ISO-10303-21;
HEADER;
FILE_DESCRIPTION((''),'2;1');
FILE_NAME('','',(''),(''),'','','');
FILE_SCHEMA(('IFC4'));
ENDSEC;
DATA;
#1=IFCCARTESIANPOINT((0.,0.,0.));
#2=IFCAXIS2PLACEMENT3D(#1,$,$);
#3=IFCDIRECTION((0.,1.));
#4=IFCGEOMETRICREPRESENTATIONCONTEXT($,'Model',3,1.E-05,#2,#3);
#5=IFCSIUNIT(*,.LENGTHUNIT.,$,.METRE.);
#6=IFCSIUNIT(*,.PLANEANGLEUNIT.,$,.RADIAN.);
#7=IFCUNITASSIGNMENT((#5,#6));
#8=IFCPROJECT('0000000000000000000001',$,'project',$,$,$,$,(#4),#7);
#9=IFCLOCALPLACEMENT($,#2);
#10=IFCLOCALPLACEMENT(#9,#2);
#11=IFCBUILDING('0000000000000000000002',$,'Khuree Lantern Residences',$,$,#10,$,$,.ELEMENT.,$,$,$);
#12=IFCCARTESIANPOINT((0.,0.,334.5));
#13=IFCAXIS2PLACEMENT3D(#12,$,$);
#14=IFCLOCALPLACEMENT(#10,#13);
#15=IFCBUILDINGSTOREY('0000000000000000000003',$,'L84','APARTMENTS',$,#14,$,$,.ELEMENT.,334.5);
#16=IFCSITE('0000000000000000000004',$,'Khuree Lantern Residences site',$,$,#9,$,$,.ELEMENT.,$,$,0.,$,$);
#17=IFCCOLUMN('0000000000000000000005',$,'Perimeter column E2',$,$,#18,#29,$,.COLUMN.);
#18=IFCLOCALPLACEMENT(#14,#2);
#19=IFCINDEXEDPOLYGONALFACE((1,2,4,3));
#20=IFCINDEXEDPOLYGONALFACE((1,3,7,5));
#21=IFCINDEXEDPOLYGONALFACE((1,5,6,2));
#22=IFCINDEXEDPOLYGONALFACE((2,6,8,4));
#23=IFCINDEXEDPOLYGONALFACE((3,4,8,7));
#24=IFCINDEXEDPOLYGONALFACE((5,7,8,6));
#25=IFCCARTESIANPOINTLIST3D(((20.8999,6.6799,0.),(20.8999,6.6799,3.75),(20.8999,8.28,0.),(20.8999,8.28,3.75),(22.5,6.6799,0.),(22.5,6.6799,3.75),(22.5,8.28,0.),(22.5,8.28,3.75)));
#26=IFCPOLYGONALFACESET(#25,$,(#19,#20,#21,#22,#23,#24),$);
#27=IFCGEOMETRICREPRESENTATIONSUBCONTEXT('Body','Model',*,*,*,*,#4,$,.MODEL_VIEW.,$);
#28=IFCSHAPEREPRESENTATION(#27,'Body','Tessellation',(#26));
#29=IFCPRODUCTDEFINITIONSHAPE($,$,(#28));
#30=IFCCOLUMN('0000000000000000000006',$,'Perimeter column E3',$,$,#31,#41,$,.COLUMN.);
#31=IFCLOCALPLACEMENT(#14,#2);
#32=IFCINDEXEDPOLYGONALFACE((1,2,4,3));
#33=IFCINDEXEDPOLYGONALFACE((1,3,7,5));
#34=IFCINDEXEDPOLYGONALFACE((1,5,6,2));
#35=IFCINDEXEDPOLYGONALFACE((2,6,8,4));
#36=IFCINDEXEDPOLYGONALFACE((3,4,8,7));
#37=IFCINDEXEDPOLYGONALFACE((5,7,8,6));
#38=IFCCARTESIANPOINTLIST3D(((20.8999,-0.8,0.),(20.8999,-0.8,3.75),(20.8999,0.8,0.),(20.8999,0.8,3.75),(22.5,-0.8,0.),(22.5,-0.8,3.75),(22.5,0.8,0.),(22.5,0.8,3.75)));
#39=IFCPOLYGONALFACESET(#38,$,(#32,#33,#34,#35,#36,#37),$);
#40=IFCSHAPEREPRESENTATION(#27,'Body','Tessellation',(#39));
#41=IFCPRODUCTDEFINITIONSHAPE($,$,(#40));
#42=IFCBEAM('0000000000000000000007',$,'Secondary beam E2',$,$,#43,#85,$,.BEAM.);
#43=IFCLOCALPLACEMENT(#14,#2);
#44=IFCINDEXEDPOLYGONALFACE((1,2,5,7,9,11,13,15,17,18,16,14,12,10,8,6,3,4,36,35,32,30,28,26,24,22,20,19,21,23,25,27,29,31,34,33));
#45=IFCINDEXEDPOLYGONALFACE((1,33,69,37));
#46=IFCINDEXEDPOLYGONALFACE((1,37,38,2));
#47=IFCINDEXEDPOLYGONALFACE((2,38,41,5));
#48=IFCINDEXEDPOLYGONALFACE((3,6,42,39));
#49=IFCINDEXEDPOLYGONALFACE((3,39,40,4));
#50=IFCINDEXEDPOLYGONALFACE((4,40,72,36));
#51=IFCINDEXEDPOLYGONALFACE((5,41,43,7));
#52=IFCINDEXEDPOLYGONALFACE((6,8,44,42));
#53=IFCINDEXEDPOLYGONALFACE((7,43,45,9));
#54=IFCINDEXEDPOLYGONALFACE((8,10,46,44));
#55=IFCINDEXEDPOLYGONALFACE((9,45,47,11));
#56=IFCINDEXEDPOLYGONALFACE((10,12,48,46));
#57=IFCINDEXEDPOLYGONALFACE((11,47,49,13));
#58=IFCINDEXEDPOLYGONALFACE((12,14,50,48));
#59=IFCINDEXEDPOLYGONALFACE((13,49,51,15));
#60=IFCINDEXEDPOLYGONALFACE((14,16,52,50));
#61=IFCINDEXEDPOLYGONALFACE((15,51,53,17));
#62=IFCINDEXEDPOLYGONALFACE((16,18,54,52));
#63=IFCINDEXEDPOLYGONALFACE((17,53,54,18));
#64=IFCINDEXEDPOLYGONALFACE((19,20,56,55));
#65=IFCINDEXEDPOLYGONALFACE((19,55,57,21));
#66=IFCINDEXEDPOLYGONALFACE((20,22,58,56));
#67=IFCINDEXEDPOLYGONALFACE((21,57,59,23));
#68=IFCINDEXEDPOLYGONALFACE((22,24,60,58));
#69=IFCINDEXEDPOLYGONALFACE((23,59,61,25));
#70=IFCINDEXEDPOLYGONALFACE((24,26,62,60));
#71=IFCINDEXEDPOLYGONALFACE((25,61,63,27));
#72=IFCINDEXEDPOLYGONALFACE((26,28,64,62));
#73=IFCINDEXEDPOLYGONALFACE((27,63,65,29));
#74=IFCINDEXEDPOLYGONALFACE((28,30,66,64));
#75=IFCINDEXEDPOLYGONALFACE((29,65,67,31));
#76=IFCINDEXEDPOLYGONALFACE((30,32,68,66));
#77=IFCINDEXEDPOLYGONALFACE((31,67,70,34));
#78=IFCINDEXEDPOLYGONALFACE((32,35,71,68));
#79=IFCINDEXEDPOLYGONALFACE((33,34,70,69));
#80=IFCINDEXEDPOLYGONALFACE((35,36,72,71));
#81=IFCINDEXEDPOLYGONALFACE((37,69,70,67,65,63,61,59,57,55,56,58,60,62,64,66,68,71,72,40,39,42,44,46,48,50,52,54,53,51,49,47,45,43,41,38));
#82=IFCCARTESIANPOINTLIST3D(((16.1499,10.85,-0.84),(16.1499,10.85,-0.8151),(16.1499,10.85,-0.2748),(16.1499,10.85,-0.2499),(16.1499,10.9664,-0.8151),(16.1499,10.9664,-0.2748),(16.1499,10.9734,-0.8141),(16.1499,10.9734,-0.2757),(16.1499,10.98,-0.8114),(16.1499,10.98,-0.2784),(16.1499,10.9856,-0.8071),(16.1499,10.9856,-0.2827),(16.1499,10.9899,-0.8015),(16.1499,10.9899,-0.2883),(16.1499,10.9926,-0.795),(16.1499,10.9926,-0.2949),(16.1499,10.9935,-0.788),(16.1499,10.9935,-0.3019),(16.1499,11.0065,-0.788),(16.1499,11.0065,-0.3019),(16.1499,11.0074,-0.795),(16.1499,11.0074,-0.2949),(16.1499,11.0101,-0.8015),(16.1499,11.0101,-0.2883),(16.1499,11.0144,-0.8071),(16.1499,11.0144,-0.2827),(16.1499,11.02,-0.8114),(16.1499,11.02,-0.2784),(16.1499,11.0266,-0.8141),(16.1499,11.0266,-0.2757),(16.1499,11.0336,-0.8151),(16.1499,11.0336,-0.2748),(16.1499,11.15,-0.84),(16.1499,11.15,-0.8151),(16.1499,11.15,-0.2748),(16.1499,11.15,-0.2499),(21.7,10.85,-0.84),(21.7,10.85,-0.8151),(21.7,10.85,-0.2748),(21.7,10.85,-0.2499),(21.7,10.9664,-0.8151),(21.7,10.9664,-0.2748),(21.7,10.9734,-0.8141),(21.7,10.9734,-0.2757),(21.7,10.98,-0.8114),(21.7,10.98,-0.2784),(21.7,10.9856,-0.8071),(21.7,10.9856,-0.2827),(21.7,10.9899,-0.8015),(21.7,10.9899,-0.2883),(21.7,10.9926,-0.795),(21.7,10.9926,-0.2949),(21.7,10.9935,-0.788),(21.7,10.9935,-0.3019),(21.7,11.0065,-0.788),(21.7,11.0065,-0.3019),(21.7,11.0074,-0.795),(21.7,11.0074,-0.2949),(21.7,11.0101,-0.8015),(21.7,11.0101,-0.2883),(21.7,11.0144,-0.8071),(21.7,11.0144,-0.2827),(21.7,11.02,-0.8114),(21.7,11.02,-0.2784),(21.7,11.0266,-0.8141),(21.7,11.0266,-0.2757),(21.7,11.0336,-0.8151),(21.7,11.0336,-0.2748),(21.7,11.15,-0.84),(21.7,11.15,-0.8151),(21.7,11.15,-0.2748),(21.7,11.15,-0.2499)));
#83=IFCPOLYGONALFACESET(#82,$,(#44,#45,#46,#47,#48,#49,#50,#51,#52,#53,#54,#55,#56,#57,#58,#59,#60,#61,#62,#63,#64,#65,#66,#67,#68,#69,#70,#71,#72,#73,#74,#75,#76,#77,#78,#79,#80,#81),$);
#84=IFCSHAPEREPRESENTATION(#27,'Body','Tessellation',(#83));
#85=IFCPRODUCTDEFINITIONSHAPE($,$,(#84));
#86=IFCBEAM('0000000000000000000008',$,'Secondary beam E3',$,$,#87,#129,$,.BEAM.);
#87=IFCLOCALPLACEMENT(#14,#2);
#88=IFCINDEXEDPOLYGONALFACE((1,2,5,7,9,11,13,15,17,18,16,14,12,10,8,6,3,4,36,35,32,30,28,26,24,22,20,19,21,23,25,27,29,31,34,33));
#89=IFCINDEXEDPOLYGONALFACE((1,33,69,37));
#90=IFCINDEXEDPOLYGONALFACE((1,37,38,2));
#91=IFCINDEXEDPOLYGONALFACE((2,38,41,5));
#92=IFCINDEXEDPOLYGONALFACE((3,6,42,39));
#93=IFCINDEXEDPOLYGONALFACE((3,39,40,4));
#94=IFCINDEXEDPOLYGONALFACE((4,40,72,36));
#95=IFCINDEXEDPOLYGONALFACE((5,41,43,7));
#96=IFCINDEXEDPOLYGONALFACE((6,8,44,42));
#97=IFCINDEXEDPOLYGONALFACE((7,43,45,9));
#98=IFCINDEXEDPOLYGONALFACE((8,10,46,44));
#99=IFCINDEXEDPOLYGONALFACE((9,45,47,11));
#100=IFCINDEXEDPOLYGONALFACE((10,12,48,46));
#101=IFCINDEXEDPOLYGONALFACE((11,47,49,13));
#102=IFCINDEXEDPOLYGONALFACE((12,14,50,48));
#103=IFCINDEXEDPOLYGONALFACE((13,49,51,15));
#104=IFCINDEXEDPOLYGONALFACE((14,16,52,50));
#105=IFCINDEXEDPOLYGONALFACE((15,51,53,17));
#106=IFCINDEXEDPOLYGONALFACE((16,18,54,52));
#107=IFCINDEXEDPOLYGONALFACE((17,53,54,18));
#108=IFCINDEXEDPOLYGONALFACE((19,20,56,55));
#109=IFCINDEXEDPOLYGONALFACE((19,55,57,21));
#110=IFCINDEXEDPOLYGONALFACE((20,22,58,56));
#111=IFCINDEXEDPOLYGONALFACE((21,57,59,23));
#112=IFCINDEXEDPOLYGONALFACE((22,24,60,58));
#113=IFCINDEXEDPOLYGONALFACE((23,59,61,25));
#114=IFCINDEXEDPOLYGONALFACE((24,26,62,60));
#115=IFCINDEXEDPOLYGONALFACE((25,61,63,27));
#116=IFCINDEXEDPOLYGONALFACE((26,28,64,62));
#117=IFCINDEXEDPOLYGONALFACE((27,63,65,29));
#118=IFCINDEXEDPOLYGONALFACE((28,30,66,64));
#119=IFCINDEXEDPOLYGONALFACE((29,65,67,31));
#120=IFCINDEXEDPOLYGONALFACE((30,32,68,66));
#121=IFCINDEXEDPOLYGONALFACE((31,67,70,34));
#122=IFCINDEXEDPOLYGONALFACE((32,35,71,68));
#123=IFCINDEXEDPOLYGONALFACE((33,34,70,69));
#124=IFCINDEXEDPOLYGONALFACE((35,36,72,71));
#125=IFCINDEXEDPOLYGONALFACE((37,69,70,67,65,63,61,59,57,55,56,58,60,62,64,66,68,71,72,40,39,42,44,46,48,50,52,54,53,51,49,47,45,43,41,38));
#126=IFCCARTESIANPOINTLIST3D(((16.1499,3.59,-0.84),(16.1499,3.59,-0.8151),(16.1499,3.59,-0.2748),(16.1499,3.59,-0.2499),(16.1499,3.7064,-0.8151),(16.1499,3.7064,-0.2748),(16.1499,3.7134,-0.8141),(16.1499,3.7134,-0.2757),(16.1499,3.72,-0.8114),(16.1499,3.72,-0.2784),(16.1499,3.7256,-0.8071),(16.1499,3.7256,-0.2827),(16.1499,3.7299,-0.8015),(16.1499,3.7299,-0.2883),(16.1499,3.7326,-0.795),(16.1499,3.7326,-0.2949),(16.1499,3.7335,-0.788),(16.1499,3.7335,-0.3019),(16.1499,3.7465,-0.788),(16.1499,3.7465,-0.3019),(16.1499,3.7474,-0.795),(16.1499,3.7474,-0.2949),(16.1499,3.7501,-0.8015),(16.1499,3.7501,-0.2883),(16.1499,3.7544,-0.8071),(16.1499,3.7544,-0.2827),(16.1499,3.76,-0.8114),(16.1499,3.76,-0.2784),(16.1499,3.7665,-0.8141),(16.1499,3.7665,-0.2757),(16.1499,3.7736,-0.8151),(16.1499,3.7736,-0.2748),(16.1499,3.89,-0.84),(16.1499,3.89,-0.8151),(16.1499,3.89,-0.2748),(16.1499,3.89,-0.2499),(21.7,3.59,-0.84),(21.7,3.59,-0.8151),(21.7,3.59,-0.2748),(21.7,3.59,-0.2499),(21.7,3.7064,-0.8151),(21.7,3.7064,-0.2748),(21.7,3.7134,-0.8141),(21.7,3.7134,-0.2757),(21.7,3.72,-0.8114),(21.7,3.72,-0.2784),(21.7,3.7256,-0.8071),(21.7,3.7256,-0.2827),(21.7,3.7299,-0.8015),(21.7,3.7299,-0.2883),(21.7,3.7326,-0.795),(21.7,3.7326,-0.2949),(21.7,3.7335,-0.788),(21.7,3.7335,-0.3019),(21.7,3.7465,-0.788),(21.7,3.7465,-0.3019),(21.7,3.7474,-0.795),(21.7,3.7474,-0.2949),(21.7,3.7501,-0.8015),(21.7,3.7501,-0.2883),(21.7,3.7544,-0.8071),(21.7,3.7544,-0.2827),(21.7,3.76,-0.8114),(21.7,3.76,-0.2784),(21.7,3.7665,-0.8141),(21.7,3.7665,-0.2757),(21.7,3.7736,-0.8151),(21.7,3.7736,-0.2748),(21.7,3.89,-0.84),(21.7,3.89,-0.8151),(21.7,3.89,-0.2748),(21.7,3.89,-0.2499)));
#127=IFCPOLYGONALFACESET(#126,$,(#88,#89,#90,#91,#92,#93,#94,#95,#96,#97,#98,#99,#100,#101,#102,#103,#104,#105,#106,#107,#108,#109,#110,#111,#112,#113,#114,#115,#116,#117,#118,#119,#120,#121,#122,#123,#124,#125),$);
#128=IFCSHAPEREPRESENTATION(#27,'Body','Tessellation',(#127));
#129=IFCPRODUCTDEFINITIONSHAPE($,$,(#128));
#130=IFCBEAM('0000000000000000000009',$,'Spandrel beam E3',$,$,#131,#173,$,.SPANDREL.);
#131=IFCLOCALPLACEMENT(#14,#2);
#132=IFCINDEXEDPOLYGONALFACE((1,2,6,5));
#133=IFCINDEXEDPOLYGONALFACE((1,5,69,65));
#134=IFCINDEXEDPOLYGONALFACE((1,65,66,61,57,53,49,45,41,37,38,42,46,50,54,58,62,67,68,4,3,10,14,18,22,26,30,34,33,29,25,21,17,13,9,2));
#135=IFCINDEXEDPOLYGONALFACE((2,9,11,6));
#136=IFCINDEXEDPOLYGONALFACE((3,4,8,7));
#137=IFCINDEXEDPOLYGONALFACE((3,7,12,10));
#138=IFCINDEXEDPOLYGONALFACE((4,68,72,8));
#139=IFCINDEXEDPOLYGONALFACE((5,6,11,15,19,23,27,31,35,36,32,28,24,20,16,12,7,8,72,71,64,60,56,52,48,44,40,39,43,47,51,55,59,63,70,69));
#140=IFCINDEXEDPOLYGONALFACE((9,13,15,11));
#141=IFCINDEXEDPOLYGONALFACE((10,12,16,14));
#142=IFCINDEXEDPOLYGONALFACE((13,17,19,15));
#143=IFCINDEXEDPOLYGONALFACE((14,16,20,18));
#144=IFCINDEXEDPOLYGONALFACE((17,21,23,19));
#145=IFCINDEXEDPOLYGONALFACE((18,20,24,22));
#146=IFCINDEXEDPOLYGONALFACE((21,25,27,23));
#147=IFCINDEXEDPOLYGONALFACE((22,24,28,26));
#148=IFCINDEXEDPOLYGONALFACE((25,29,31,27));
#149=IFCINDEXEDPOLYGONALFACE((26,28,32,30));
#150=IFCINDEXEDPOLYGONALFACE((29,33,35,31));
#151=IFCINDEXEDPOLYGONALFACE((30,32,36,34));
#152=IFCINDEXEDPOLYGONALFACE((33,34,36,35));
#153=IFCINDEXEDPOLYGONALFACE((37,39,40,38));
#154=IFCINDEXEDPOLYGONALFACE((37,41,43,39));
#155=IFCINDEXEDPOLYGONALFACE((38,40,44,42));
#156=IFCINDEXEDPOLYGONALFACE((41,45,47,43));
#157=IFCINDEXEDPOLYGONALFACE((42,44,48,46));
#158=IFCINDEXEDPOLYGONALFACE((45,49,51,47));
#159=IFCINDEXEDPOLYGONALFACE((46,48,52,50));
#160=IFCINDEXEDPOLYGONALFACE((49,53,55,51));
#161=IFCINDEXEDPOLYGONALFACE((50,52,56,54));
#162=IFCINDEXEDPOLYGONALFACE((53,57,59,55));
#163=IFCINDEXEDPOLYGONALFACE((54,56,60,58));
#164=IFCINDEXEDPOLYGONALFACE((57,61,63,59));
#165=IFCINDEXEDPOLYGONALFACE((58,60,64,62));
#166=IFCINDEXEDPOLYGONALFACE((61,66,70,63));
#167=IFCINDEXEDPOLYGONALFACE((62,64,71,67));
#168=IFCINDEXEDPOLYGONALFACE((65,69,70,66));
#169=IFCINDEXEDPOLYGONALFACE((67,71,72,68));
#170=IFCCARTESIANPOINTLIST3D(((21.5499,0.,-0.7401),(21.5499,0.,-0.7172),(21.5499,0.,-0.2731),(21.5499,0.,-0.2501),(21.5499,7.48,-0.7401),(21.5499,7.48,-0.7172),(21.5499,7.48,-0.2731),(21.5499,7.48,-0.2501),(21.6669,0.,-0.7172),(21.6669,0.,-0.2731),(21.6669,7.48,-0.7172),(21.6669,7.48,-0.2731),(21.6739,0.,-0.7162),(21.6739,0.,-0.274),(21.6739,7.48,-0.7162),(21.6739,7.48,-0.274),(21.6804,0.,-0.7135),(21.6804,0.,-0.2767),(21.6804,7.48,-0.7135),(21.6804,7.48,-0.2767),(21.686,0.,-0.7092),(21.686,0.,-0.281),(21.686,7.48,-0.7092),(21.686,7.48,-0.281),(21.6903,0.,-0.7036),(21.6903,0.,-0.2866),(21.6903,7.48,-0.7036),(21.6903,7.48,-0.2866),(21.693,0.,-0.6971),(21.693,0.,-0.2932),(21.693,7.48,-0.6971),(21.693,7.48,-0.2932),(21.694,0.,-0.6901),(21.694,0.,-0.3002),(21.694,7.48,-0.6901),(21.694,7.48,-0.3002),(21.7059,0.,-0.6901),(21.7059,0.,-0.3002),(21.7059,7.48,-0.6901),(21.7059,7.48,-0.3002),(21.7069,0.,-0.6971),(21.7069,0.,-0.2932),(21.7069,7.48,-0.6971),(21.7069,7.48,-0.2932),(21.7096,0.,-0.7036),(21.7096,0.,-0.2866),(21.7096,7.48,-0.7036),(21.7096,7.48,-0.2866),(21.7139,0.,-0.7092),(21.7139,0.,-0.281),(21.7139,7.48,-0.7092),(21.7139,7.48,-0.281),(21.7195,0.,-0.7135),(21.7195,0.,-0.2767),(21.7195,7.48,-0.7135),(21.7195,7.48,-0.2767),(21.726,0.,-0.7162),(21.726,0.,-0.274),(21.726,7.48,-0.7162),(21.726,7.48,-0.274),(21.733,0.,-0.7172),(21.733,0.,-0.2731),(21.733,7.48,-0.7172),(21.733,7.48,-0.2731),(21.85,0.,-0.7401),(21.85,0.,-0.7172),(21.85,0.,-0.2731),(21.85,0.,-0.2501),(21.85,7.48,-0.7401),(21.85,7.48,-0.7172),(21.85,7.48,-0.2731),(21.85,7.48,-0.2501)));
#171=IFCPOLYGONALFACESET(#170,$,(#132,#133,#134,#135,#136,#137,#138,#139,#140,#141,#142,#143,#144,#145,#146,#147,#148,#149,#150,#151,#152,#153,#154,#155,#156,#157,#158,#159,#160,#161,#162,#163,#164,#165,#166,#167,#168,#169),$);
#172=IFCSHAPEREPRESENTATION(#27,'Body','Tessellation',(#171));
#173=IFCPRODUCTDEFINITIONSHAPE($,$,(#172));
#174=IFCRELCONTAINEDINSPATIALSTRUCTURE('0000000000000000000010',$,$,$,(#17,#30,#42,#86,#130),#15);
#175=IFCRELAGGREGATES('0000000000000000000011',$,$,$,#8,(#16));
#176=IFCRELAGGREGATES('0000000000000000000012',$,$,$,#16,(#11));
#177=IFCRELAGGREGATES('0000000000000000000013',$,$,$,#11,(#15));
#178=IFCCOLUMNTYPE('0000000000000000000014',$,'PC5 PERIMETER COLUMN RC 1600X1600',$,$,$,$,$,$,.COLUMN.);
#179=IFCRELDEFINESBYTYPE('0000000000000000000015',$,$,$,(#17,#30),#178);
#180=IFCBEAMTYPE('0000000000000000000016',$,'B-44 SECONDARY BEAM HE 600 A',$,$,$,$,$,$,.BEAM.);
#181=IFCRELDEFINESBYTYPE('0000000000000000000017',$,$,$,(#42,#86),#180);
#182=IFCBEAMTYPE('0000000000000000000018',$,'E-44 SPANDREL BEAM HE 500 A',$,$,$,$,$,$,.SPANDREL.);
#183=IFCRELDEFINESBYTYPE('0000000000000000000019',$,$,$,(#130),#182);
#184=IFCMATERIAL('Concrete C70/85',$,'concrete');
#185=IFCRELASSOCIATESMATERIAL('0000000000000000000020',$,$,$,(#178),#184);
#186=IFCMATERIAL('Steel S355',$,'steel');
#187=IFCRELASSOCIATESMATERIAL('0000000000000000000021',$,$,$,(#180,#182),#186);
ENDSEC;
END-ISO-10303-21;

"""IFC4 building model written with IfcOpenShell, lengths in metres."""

from ifc_helpers import new_model, si_unit, direction, frame, origin, origin_2d, place, context, subcontext, project, spatial, rectangle, i_section, extrude, material, material_profile, profile_set, type_object, element, save


model = new_model("IFC4")

# Units and contexts
model_context = context("Model", 3, precision=1e-05, world=origin(), true_north=direction((0.0, 1.0)))
body_context = subcontext(model_context, "Body", "Model", "MODEL_VIEW")
ifc_project = project(units=[si_unit("LENGTHUNIT", "METRE"), si_unit("PLANEANGLEUNIT", "RADIAN")], contexts=[model_context])

# Site, building, storey
site_placement = place(None, origin())
site = spatial("IfcSite", under=ifc_project, at=site_placement, Name="Khuree Lantern Residences site", CompositionType="ELEMENT", RefElevation=0.0)
building_placement = place(site_placement, origin())
building = spatial("IfcBuilding", under=site, at=building_placement, Name="Khuree Lantern Residences", CompositionType="ELEMENT")
storey_placement = place(building_placement, frame((0.0, 0.0, 334.5)))
storey = spatial("IfcBuildingStorey", under=building, at=storey_placement, Name="L84", Description="APARTMENTS", CompositionType="ELEMENT", Elevation=334.5)

# Columns
ifc_material_1 = material(Name="Concrete C70/85", Category="concrete")
ifc_material_profile_1 = material_profile(ifc_material_1, rectangle(XDim=1.6001, YDim=1.6001, at=origin_2d()), Name="RC 1600X1600")
ifc_profile_set_1 = profile_set([ifc_material_profile_1], Name="Concrete C70/85")
column_type = type_object("IfcColumnType", Name="PC5 PERIMETER COLUMN RC 1600X1600", PredefinedType="COLUMN", material=ifc_profile_set_1)
for number, where, z_axis, x_axis, name in (
    (1, (21.7, 7.48, 0.0), (0.0, 0.0, 1.0), (0.0, 1.0, 0.0), "Perimeter column E2"),
    (2, (21.7, 0.0, 0.0), (0.0, 0.0, 1.0), (0.0, 1.0, 0.0), "Perimeter column E3"),
):
    element("IfcColumn", number, at=place(storey_placement, frame(where, z_axis=z_axis, x_axis=x_axis)), inside=storey, type_object=column_type, Name=name, PredefinedType="COLUMN", context=body_context, shape_type="SweptSolid", body=[
        extrude(rectangle(XDim=1.6001, YDim=1.6001, at=origin_2d()), origin(), (0.0, 0.0, 1.0), 3.75),
    ])

# Beams
ifc_material_2 = material(Name="Steel S355", Category="steel")
ifc_material_profile_2 = material_profile(ifc_material_2, i_section(OverallWidth=0.3, OverallDepth=0.5901, WebThickness=0.0129, FlangeThickness=0.0249, FilletRadius=0.0271, at=origin_2d()), Name="HE 600 A")
ifc_profile_set_2 = profile_set([ifc_material_profile_2], Name="Steel S355")
beam_type_1 = type_object("IfcBeamType", Name="B-44 SECONDARY BEAM HE 600 A", PredefinedType="BEAM", material=ifc_profile_set_2)
for number, where, z_axis, x_axis, name in (
    (3, (21.7, 11.0, -0.5449), (-1.0, 0.0, 0.0), (0.0, -1.0, 0.0), "Secondary beam E2"),
    (4, (21.7, 3.74, -0.5449), (-1.0, 0.0, 0.0), (0.0, -1.0, 0.0), "Secondary beam E3"),
):
    element("IfcBeam", number, at=place(storey_placement, frame(where, z_axis=z_axis, x_axis=x_axis)), inside=storey, type_object=beam_type_1, Name=name, PredefinedType="BEAM", context=body_context, shape_type="SweptSolid", body=[
        extrude(i_section(OverallWidth=0.3, OverallDepth=0.5901, WebThickness=0.0129, FlangeThickness=0.0249, FilletRadius=0.0271, at=origin_2d()), origin(), (0.0, 0.0, 1.0), 5.55),
    ])
ifc_material_profile_3 = material_profile(ifc_material_2, i_section(OverallWidth=0.3, OverallDepth=0.49, WebThickness=0.012, FlangeThickness=0.0229, FilletRadius=0.0271, at=origin_2d()), Name="HE 500 A")
ifc_profile_set_3 = profile_set([ifc_material_profile_3], Name="Steel S355")
beam_type_2 = type_object("IfcBeamType", Name="E-44 SPANDREL BEAM HE 500 A", PredefinedType="SPANDREL", material=ifc_profile_set_3)
for number, where, z_axis, x_axis, name in (
    (5, (21.7, 7.48, -0.4951), (0.0, -1.0, 0.0), (1.0, 0.0, 0.0), "Spandrel beam E3"),
):
    element("IfcBeam", number, at=place(storey_placement, frame(where, z_axis=z_axis, x_axis=x_axis)), inside=storey, type_object=beam_type_2, Name=name, PredefinedType="SPANDREL", context=body_context, shape_type="SweptSolid", body=[
        extrude(i_section(OverallWidth=0.3, OverallDepth=0.49, WebThickness=0.012, FlangeThickness=0.0229, FilletRadius=0.0271, at=origin_2d()), origin(), (0.0, 0.0, 1.0), 7.48),
    ])

save(model, "model.ifc")
